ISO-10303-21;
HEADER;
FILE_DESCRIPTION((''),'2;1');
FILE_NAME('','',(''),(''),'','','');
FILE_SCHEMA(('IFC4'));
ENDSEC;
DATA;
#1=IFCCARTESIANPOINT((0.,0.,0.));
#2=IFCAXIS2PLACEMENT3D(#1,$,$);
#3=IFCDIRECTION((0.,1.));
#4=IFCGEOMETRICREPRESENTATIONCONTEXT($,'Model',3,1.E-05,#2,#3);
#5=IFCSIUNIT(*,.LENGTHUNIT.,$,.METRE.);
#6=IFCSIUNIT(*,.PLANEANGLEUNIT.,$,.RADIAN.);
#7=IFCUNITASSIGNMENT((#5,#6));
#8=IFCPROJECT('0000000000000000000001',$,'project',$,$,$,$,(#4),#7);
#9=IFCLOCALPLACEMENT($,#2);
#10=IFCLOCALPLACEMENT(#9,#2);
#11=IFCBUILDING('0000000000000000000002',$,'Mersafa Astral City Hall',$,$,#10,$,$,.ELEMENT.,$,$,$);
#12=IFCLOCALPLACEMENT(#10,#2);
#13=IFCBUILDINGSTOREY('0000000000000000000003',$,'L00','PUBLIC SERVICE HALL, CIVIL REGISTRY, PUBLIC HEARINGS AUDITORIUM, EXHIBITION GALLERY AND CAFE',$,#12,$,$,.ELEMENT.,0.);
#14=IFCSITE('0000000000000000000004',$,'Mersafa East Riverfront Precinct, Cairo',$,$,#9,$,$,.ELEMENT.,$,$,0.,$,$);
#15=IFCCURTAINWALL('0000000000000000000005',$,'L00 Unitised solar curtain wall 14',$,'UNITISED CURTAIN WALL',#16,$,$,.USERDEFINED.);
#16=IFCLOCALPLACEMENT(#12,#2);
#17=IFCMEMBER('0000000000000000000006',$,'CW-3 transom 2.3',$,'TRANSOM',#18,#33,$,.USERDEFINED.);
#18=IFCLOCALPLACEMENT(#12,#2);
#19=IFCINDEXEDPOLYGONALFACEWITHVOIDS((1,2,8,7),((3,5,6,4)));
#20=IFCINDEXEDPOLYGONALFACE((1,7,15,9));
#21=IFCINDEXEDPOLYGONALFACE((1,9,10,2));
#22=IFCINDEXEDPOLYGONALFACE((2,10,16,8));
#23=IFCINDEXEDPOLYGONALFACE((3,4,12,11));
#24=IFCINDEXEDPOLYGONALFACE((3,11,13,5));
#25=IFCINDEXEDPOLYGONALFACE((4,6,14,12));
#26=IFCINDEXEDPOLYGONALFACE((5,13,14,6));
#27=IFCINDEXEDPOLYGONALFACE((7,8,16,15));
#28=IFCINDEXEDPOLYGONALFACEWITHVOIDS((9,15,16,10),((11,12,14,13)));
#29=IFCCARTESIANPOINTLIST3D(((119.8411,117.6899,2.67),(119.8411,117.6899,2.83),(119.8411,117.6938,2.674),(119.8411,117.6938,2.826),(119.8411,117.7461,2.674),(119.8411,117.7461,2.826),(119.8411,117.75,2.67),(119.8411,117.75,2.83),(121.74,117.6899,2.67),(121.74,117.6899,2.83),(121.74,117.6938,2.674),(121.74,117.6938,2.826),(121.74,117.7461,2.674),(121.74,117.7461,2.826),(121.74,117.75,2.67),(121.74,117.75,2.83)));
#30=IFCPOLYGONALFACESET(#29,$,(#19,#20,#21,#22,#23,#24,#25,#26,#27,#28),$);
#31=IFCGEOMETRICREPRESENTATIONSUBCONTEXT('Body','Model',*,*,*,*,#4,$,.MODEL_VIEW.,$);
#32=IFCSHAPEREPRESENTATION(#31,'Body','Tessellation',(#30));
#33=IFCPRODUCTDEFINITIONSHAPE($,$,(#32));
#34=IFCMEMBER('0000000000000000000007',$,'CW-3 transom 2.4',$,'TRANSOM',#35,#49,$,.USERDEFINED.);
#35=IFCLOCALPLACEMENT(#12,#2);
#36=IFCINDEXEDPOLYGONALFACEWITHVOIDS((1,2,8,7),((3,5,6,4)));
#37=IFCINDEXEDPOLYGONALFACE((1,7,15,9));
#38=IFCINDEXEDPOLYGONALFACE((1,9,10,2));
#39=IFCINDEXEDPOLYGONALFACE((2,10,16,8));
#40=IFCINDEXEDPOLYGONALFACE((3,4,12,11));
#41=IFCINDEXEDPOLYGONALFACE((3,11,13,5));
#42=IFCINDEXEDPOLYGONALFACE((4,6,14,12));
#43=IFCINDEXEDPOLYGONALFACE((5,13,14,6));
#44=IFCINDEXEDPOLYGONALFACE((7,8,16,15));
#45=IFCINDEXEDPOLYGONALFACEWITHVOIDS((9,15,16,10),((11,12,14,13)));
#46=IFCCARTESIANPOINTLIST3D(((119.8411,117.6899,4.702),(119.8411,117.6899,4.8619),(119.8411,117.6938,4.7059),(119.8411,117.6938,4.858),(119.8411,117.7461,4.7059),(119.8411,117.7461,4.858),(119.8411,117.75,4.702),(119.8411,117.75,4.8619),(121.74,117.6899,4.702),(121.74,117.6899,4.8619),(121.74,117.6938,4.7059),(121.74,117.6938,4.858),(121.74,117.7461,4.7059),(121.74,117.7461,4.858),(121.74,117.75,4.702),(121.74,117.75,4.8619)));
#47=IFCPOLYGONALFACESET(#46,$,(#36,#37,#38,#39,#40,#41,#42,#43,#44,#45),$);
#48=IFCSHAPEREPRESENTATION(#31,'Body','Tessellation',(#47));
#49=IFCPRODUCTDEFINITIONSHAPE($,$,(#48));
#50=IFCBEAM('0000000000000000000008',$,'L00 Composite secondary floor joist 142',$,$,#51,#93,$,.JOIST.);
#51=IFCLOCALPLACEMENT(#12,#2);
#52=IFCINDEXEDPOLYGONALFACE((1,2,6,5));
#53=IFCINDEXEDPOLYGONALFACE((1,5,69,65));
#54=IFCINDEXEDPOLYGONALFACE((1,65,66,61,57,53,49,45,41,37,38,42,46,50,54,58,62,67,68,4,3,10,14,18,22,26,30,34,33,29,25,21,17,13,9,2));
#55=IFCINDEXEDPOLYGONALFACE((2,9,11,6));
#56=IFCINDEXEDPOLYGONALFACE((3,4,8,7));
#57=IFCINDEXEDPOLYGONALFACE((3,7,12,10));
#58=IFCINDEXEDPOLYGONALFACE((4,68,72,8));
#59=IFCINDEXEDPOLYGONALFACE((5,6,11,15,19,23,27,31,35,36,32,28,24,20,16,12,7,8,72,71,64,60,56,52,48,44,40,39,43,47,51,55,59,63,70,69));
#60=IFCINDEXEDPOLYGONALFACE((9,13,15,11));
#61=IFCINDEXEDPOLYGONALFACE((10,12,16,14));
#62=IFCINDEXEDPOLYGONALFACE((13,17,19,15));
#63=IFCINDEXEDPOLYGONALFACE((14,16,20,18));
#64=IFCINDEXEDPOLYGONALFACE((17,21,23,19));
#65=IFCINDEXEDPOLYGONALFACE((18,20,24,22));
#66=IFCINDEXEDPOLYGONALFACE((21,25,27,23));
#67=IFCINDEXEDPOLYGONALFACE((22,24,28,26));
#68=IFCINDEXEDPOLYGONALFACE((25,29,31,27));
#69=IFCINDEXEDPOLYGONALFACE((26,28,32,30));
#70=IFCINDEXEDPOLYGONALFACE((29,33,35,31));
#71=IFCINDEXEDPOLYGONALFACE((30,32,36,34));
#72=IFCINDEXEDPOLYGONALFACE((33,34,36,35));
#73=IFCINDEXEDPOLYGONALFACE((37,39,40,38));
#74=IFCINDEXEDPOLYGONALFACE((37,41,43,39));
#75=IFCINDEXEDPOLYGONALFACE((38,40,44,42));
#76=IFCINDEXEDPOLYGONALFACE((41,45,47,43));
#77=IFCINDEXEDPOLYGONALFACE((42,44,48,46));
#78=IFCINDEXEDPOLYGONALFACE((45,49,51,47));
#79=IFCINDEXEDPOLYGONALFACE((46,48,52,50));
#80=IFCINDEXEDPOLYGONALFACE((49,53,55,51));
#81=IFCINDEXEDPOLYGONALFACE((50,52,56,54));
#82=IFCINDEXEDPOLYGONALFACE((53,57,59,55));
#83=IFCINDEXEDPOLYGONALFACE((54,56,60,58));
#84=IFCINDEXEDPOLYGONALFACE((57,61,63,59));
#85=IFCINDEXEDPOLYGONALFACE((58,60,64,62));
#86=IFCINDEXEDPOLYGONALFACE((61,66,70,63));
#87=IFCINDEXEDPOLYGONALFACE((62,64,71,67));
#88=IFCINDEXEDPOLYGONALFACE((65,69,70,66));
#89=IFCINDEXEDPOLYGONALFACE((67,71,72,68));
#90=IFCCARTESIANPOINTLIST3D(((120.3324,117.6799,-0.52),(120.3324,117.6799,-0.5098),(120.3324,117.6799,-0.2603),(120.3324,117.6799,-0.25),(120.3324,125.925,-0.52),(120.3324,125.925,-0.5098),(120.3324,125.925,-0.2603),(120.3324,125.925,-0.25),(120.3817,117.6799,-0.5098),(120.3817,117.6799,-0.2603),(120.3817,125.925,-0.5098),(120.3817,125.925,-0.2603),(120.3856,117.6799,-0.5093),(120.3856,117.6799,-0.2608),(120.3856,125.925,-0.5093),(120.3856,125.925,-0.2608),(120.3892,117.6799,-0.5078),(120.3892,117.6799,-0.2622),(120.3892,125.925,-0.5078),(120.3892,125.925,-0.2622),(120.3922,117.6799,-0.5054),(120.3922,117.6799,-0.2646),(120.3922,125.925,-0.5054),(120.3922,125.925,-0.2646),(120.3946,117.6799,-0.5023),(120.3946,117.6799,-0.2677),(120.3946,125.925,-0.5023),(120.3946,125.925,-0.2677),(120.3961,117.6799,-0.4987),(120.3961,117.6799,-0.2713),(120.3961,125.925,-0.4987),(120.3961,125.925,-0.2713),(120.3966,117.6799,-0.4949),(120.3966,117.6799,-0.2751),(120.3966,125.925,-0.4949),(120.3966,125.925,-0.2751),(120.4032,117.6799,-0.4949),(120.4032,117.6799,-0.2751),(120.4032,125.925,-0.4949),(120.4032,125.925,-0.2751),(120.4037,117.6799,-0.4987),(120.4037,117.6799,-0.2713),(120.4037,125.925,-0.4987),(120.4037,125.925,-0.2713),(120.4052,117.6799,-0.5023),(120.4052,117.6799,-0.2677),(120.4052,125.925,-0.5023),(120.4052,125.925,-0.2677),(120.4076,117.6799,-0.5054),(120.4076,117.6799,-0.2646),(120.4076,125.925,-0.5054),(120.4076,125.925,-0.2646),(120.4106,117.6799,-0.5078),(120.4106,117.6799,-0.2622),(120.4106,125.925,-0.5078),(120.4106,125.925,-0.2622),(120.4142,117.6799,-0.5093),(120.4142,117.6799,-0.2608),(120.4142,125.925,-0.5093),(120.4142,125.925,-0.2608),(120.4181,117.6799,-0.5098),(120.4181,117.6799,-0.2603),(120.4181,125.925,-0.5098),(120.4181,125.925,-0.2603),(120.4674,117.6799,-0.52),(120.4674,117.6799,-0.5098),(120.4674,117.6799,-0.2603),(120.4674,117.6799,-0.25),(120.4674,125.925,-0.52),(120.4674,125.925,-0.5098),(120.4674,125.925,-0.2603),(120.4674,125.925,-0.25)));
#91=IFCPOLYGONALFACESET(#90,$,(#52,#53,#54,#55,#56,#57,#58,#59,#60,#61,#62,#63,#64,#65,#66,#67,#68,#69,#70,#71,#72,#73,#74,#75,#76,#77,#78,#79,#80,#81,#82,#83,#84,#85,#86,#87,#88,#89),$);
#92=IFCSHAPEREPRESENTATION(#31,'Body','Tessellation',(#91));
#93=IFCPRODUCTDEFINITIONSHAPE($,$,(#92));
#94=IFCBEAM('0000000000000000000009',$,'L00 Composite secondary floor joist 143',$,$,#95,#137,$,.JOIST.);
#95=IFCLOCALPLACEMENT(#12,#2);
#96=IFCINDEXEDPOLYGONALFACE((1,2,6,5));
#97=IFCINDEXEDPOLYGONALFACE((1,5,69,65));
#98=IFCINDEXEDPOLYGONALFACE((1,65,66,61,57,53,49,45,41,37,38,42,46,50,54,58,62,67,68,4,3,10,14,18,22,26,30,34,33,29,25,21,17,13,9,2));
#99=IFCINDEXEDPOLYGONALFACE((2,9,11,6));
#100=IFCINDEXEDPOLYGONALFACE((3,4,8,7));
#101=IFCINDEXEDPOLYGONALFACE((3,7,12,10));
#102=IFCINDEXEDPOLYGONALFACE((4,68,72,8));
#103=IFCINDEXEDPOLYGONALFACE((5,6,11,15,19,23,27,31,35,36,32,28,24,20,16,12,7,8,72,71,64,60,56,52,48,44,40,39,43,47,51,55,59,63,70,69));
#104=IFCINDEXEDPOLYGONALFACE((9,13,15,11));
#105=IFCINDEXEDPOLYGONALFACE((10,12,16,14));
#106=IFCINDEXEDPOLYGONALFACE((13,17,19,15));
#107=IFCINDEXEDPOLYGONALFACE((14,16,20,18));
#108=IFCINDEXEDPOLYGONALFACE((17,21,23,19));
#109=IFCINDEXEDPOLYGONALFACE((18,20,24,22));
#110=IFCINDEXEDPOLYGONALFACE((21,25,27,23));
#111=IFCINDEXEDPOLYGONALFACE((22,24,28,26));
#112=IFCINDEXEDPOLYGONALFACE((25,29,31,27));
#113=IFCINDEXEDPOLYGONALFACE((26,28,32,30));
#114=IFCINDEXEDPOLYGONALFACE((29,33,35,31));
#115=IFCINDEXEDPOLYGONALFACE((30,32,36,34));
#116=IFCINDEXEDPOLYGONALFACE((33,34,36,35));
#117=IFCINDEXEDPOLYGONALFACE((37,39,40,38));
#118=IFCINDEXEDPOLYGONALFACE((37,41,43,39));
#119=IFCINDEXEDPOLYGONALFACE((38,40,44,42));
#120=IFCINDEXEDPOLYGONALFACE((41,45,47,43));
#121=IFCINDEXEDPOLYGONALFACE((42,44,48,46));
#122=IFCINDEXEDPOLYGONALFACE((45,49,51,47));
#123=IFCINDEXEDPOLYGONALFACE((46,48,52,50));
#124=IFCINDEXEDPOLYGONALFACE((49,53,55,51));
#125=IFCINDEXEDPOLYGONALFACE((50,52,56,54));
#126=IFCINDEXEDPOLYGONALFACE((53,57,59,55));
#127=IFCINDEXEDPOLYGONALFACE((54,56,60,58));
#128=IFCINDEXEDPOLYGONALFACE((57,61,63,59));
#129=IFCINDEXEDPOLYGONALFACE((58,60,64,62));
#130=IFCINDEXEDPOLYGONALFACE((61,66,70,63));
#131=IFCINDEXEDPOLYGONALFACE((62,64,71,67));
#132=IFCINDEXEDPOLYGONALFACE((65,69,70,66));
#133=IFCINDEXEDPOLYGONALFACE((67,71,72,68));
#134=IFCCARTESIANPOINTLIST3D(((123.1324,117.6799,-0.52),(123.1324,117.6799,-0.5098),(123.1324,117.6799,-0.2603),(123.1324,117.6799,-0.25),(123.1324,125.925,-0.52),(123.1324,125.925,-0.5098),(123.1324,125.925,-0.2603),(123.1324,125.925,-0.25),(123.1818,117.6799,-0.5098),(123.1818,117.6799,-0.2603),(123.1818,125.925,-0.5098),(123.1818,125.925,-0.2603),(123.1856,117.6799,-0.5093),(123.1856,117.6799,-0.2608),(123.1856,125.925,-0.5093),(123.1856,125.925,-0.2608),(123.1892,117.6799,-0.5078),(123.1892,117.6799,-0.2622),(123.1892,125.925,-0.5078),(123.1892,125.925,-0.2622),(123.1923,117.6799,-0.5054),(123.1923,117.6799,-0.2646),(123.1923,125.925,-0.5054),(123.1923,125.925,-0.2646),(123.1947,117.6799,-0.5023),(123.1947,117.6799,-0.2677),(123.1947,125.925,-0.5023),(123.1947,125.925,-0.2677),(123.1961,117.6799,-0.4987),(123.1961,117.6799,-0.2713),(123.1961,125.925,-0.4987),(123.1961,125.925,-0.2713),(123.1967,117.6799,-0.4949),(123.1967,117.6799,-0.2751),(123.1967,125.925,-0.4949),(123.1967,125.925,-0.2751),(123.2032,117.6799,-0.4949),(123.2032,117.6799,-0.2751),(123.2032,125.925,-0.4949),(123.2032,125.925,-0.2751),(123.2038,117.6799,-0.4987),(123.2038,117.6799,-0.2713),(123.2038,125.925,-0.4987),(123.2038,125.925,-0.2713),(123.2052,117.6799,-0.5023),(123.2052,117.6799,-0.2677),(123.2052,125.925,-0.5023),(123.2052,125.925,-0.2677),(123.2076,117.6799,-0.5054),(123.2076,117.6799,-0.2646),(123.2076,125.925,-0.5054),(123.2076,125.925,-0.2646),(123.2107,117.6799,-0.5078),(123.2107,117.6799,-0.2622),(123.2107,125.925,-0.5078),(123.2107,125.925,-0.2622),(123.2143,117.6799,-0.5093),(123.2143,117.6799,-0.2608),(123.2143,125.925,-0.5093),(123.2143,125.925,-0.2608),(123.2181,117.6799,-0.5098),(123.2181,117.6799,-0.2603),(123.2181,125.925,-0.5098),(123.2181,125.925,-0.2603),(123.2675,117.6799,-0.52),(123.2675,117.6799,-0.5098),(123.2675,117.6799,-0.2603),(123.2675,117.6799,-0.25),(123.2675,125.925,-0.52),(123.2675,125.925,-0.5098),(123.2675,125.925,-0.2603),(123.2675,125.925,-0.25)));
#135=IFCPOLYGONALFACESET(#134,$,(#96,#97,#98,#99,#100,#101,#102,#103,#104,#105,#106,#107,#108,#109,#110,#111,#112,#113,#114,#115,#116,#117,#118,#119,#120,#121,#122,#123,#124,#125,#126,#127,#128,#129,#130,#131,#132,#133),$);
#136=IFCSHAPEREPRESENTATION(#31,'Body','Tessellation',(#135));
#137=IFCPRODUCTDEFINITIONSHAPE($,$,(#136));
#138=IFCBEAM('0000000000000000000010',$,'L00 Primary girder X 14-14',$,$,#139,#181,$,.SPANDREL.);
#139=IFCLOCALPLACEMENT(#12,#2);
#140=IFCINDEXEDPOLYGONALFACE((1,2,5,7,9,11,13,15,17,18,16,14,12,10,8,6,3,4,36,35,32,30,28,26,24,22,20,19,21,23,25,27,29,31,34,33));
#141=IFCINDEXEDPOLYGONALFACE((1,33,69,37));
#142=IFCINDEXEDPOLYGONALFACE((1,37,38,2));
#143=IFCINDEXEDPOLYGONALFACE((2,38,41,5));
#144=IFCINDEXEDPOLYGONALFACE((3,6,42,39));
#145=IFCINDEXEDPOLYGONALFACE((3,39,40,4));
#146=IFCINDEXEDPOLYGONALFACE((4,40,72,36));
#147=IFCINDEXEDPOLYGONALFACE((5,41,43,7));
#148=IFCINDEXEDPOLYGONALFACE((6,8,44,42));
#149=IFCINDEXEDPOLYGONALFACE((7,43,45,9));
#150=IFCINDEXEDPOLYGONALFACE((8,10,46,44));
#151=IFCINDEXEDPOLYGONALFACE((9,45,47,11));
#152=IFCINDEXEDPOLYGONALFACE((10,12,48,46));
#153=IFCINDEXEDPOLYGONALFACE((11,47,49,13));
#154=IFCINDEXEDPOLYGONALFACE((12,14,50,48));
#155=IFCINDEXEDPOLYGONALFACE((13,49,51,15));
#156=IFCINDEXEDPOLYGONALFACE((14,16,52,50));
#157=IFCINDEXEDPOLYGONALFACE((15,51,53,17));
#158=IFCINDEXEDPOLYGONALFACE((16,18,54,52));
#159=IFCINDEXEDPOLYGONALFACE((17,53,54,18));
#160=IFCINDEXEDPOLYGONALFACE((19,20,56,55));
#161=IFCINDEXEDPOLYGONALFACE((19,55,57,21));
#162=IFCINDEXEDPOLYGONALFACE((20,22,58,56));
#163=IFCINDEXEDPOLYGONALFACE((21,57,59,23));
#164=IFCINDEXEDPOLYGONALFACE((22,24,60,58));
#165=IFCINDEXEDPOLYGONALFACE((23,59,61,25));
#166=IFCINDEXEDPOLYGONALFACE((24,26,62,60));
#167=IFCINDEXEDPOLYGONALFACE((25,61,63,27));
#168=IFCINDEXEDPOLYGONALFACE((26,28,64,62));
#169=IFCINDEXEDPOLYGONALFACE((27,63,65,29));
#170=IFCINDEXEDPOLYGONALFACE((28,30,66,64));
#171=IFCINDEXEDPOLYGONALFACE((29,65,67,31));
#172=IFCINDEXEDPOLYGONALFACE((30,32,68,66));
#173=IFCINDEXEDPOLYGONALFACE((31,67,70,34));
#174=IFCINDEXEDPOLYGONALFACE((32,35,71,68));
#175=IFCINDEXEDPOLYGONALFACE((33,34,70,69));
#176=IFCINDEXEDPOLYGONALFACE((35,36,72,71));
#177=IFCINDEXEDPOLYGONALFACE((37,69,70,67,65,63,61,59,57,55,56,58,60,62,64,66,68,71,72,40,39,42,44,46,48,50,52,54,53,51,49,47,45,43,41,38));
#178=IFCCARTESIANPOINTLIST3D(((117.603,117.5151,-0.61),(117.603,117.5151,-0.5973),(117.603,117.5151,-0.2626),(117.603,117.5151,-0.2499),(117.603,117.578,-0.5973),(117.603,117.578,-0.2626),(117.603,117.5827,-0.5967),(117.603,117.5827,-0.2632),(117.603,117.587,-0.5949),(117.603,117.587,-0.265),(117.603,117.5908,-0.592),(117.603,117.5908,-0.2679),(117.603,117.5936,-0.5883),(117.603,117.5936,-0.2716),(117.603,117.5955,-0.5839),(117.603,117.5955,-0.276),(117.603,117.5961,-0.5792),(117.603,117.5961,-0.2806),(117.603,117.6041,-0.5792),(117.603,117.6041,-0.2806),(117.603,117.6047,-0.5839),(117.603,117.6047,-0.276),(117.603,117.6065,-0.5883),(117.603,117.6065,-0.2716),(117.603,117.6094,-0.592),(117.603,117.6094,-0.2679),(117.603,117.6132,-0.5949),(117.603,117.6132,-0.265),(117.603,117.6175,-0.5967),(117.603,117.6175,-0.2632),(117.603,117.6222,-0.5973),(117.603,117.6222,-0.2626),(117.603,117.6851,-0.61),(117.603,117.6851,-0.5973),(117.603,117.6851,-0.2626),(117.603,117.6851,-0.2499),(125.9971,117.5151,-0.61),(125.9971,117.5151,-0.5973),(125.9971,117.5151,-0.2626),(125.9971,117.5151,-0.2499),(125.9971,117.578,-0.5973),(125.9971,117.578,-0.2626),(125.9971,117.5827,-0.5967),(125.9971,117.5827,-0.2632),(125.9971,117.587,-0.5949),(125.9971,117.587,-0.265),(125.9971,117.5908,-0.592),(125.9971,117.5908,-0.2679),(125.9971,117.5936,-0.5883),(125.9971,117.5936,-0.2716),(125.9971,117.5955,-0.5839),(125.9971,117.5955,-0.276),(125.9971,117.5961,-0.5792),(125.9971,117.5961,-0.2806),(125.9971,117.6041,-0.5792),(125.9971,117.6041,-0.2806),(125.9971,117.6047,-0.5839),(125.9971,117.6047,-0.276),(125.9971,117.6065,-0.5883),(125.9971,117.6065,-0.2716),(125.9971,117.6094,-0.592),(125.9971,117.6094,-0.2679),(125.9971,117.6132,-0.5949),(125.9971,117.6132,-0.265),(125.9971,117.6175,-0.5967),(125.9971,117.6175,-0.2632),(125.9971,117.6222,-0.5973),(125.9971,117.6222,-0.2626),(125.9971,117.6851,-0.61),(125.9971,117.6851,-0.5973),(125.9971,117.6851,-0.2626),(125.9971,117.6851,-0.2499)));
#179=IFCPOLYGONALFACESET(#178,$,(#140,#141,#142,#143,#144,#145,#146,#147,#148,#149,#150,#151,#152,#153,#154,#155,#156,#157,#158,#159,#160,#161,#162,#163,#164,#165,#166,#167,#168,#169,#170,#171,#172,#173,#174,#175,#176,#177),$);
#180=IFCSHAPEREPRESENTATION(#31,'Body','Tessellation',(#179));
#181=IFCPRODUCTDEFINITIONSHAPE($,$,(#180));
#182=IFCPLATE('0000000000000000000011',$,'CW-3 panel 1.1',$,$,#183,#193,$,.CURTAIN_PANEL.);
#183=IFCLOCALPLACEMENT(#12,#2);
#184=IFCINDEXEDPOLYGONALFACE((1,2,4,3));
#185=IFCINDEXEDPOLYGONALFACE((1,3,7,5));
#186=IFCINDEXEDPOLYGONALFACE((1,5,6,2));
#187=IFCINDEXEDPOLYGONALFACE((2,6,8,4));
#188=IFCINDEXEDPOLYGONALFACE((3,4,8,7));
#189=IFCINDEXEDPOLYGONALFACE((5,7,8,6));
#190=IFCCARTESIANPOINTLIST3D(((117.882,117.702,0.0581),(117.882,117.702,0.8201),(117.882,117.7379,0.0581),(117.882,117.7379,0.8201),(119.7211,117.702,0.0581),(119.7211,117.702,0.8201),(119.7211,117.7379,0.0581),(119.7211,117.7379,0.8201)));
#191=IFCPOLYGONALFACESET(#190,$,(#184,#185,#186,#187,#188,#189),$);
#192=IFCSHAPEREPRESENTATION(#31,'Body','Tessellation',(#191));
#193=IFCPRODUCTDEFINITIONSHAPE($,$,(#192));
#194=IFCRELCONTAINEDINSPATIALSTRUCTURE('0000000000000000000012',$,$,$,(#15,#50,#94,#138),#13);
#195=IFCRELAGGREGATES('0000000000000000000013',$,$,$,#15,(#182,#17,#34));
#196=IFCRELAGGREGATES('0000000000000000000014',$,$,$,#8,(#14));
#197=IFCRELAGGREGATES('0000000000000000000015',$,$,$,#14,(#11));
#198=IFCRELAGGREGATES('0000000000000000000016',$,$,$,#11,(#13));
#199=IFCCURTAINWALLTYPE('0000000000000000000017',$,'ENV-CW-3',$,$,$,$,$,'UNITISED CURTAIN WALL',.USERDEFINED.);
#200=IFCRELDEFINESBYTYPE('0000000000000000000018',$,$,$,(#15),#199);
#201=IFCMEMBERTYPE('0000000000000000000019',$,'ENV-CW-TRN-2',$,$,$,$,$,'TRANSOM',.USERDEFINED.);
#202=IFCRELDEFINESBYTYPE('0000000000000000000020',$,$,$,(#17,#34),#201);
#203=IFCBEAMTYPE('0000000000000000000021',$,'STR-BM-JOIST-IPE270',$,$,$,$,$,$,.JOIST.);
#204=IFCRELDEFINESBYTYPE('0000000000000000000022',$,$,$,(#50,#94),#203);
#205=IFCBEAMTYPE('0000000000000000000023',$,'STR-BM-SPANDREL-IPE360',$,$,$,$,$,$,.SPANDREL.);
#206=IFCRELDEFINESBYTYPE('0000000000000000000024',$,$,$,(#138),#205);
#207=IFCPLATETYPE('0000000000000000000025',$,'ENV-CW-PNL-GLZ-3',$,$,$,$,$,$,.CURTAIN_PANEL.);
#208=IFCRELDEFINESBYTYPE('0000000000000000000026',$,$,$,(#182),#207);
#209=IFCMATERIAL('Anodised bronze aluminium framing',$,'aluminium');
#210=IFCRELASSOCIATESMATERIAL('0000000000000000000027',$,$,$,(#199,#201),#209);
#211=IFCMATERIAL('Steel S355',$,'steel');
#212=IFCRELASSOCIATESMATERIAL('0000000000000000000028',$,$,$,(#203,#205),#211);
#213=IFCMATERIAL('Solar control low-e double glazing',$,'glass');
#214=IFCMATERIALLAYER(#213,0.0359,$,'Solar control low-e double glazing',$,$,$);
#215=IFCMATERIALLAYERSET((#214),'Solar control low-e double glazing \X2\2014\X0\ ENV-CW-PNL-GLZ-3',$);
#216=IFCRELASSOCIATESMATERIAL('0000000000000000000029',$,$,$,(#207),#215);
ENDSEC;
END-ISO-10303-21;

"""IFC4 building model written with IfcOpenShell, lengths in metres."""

from ifc_helpers import new_model, si_unit, direction, frame, origin, origin_2d, place, context, subcontext, project, spatial, rectangle, hollow_rectangle, i_section, extrude, material, layer, layer_set, material_profile, profile_set, type_object, element, aggregate, save


model = new_model("IFC4")

# Units and contexts
model_context = context("Model", 3, precision=1e-05, world=origin(), true_north=direction((0.0, 1.0)))
body_context = subcontext(model_context, "Body", "Model", "MODEL_VIEW")
ifc_project = project(units=[si_unit("LENGTHUNIT", "METRE"), si_unit("PLANEANGLEUNIT", "RADIAN")], contexts=[model_context])

# Site, building, storey
site_placement = place(None, origin())
site = spatial("IfcSite", under=ifc_project, at=site_placement, Name="Mersafa East Riverfront Precinct, Cairo", CompositionType="ELEMENT", RefElevation=0.0)
building_placement = place(site_placement, origin())
building = spatial("IfcBuilding", under=site, at=building_placement, Name="Mersafa Astral City Hall", CompositionType="ELEMENT")
storey_placement = place(building_placement, origin())
storey = spatial("IfcBuildingStorey", under=building, at=storey_placement, Name="L00", Description="PUBLIC SERVICE HALL, CIVIL REGISTRY, PUBLIC HEARINGS AUDITORIUM, EXHIBITION GALLERY AND CAFE", CompositionType="ELEMENT", Elevation=0.0)

# Shared definitions
ifc_material_1 = material(Name="Steel S355", Category="steel")

# Curtain wall, members
ifc_material_2 = material(Name="Anodised bronze aluminium framing", Category="aluminium")
curtain_wall_type = type_object("IfcCurtainWallType", Name="ENV-CW-3", ElementType="UNITISED CURTAIN WALL", PredefinedType="USERDEFINED", material=ifc_material_2)
curtain_wall_placement = place(storey_placement, origin())
curtain_wall = element("IfcCurtainWall", 1, at=curtain_wall_placement, inside=storey, type_object=curtain_wall_type, Name="L00 Unitised solar curtain wall 14", ObjectType="UNITISED CURTAIN WALL", PredefinedType="USERDEFINED")
ifc_material_profile_1 = material_profile(ifc_material_2, hollow_rectangle(XDim=0.0601, YDim=0.1599, WallThickness=0.0039, at=origin_2d()), Name="RHS 60x160x4")
ifc_profile_set_1 = profile_set([ifc_material_profile_1], Name="Anodised bronze aluminium framing")
member_type_1 = type_object("IfcMemberType", Name="ENV-CW-TRN-2", ElementType="TRANSOM", PredefinedType="USERDEFINED", material=ifc_profile_set_1)
member_1_placement = place(storey_placement, frame((119.8411, 117.72, 2.75), z_axis=(1.0, 0.0, 0.0), x_axis=(0.0, 1.0, 0.0)))
member_1 = element("IfcMember", 2, at=member_1_placement, type_object=member_type_1, Name="CW-3 transom 2.3", ObjectType="TRANSOM", PredefinedType="USERDEFINED", context=body_context, shape_type="SweptSolid", body=[
    extrude(hollow_rectangle(XDim=0.0601, YDim=0.1599, WallThickness=0.0039, at=origin_2d()), origin(), (0.0, 0.0, 1.0), 1.8989),
])
member_2_placement = place(storey_placement, frame((119.8411, 117.72, 4.782), z_axis=(1.0, 0.0, 0.0), x_axis=(0.0, 1.0, 0.0)))
member_2 = element("IfcMember", 3, at=member_2_placement, type_object=member_type_1, Name="CW-3 transom 2.4", ObjectType="TRANSOM", PredefinedType="USERDEFINED", context=body_context, shape_type="SweptSolid", body=[
    extrude(hollow_rectangle(XDim=0.0601, YDim=0.1599, WallThickness=0.0039, at=origin_2d()), origin(), (0.0, 0.0, 1.0), 1.8989),
])

# Beams
ifc_material_profile_2 = material_profile(ifc_material_1, i_section(OverallWidth=0.135, OverallDepth=0.27, WebThickness=0.0066, FlangeThickness=0.0103, FilletRadius=0.0149, at=origin_2d()), Name="IPE 270")
ifc_profile_set_2 = profile_set([ifc_material_profile_2], Name="Steel S355")
beam_type_1 = type_object("IfcBeamType", Name="STR-BM-JOIST-IPE270", PredefinedType="JOIST", material=ifc_profile_set_2)
for number, where, z_axis, x_axis, name in (
    (4, (120.3999, 117.6799, -0.385), (0.0, 1.0, 0.0), (-1.0, 0.0, 0.0), "L00 Composite secondary floor joist 142"),
    (5, (123.2, 117.6799, -0.385), (0.0, 1.0, 0.0), (-1.0, 0.0, 0.0), "L00 Composite secondary floor joist 143"),
):
    element("IfcBeam", number, at=place(storey_placement, frame(where, z_axis=z_axis, x_axis=x_axis)), inside=storey, type_object=beam_type_1, Name=name, PredefinedType="JOIST", context=body_context, shape_type="SweptSolid", body=[
        extrude(i_section(OverallWidth=0.135, OverallDepth=0.27, WebThickness=0.0066, FlangeThickness=0.0103, FilletRadius=0.0149, at=origin_2d()), origin(), (0.0, 0.0, 1.0), 8.2451),
    ])
ifc_material_profile_3 = material_profile(ifc_material_1, i_section(OverallWidth=0.1699, OverallDepth=0.3601, WebThickness=0.0081, FlangeThickness=0.0127, FilletRadius=0.0181, at=origin_2d()), Name="IPE 360")
ifc_profile_set_3 = profile_set([ifc_material_profile_3], Name="Steel S355")
beam_type_2 = type_object("IfcBeamType", Name="STR-BM-SPANDREL-IPE360", PredefinedType="SPANDREL", material=ifc_profile_set_3)
beam_placement = place(storey_placement, frame((117.603, 117.6001, -0.4299), z_axis=(1.0, 0.0, 0.0), x_axis=(0.0, 1.0, 0.0)))
element("IfcBeam", 6, at=beam_placement, inside=storey, type_object=beam_type_2, Name="L00 Primary girder X 14-14", PredefinedType="SPANDREL", context=body_context, shape_type="SweptSolid", body=[
    extrude(i_section(OverallWidth=0.1699, OverallDepth=0.3601, WebThickness=0.0081, FlangeThickness=0.0127, FilletRadius=0.0181, at=origin_2d()), origin(), (0.0, 0.0, 1.0), 8.394),
])

# Plate
ifc_material_3 = material(Name="Solar control low-e double glazing", Category="glass")
ifc_layer_1 = layer(ifc_material_3, 0.0359, Name="Solar control low-e double glazing")
ifc_layer_set_1 = layer_set([ifc_layer_1], Name="Solar control low-e double glazing — ENV-CW-PNL-GLZ-3")
plate_type = type_object("IfcPlateType", Name="ENV-CW-PNL-GLZ-3", PredefinedType="CURTAIN_PANEL", material=ifc_layer_set_1)
plate_1_placement = place(storey_placement, frame((118.8015, 117.72, 0.0581), z_axis=(0.0, 0.0, 1.0), x_axis=(1.0, 0.0, 0.0)))
plate_1 = element("IfcPlate", 7, at=plate_1_placement, type_object=plate_type, Name="CW-3 panel 1.1", PredefinedType="CURTAIN_PANEL", context=body_context, shape_type="SweptSolid", body=[
    extrude(rectangle(XDim=1.8391, YDim=0.0359, at=origin_2d()), origin(), (0.0, 0.0, 1.0), 0.762),
])
aggregate(curtain_wall, [plate_1, member_1, member_2])

save(model, "model.ifc")
